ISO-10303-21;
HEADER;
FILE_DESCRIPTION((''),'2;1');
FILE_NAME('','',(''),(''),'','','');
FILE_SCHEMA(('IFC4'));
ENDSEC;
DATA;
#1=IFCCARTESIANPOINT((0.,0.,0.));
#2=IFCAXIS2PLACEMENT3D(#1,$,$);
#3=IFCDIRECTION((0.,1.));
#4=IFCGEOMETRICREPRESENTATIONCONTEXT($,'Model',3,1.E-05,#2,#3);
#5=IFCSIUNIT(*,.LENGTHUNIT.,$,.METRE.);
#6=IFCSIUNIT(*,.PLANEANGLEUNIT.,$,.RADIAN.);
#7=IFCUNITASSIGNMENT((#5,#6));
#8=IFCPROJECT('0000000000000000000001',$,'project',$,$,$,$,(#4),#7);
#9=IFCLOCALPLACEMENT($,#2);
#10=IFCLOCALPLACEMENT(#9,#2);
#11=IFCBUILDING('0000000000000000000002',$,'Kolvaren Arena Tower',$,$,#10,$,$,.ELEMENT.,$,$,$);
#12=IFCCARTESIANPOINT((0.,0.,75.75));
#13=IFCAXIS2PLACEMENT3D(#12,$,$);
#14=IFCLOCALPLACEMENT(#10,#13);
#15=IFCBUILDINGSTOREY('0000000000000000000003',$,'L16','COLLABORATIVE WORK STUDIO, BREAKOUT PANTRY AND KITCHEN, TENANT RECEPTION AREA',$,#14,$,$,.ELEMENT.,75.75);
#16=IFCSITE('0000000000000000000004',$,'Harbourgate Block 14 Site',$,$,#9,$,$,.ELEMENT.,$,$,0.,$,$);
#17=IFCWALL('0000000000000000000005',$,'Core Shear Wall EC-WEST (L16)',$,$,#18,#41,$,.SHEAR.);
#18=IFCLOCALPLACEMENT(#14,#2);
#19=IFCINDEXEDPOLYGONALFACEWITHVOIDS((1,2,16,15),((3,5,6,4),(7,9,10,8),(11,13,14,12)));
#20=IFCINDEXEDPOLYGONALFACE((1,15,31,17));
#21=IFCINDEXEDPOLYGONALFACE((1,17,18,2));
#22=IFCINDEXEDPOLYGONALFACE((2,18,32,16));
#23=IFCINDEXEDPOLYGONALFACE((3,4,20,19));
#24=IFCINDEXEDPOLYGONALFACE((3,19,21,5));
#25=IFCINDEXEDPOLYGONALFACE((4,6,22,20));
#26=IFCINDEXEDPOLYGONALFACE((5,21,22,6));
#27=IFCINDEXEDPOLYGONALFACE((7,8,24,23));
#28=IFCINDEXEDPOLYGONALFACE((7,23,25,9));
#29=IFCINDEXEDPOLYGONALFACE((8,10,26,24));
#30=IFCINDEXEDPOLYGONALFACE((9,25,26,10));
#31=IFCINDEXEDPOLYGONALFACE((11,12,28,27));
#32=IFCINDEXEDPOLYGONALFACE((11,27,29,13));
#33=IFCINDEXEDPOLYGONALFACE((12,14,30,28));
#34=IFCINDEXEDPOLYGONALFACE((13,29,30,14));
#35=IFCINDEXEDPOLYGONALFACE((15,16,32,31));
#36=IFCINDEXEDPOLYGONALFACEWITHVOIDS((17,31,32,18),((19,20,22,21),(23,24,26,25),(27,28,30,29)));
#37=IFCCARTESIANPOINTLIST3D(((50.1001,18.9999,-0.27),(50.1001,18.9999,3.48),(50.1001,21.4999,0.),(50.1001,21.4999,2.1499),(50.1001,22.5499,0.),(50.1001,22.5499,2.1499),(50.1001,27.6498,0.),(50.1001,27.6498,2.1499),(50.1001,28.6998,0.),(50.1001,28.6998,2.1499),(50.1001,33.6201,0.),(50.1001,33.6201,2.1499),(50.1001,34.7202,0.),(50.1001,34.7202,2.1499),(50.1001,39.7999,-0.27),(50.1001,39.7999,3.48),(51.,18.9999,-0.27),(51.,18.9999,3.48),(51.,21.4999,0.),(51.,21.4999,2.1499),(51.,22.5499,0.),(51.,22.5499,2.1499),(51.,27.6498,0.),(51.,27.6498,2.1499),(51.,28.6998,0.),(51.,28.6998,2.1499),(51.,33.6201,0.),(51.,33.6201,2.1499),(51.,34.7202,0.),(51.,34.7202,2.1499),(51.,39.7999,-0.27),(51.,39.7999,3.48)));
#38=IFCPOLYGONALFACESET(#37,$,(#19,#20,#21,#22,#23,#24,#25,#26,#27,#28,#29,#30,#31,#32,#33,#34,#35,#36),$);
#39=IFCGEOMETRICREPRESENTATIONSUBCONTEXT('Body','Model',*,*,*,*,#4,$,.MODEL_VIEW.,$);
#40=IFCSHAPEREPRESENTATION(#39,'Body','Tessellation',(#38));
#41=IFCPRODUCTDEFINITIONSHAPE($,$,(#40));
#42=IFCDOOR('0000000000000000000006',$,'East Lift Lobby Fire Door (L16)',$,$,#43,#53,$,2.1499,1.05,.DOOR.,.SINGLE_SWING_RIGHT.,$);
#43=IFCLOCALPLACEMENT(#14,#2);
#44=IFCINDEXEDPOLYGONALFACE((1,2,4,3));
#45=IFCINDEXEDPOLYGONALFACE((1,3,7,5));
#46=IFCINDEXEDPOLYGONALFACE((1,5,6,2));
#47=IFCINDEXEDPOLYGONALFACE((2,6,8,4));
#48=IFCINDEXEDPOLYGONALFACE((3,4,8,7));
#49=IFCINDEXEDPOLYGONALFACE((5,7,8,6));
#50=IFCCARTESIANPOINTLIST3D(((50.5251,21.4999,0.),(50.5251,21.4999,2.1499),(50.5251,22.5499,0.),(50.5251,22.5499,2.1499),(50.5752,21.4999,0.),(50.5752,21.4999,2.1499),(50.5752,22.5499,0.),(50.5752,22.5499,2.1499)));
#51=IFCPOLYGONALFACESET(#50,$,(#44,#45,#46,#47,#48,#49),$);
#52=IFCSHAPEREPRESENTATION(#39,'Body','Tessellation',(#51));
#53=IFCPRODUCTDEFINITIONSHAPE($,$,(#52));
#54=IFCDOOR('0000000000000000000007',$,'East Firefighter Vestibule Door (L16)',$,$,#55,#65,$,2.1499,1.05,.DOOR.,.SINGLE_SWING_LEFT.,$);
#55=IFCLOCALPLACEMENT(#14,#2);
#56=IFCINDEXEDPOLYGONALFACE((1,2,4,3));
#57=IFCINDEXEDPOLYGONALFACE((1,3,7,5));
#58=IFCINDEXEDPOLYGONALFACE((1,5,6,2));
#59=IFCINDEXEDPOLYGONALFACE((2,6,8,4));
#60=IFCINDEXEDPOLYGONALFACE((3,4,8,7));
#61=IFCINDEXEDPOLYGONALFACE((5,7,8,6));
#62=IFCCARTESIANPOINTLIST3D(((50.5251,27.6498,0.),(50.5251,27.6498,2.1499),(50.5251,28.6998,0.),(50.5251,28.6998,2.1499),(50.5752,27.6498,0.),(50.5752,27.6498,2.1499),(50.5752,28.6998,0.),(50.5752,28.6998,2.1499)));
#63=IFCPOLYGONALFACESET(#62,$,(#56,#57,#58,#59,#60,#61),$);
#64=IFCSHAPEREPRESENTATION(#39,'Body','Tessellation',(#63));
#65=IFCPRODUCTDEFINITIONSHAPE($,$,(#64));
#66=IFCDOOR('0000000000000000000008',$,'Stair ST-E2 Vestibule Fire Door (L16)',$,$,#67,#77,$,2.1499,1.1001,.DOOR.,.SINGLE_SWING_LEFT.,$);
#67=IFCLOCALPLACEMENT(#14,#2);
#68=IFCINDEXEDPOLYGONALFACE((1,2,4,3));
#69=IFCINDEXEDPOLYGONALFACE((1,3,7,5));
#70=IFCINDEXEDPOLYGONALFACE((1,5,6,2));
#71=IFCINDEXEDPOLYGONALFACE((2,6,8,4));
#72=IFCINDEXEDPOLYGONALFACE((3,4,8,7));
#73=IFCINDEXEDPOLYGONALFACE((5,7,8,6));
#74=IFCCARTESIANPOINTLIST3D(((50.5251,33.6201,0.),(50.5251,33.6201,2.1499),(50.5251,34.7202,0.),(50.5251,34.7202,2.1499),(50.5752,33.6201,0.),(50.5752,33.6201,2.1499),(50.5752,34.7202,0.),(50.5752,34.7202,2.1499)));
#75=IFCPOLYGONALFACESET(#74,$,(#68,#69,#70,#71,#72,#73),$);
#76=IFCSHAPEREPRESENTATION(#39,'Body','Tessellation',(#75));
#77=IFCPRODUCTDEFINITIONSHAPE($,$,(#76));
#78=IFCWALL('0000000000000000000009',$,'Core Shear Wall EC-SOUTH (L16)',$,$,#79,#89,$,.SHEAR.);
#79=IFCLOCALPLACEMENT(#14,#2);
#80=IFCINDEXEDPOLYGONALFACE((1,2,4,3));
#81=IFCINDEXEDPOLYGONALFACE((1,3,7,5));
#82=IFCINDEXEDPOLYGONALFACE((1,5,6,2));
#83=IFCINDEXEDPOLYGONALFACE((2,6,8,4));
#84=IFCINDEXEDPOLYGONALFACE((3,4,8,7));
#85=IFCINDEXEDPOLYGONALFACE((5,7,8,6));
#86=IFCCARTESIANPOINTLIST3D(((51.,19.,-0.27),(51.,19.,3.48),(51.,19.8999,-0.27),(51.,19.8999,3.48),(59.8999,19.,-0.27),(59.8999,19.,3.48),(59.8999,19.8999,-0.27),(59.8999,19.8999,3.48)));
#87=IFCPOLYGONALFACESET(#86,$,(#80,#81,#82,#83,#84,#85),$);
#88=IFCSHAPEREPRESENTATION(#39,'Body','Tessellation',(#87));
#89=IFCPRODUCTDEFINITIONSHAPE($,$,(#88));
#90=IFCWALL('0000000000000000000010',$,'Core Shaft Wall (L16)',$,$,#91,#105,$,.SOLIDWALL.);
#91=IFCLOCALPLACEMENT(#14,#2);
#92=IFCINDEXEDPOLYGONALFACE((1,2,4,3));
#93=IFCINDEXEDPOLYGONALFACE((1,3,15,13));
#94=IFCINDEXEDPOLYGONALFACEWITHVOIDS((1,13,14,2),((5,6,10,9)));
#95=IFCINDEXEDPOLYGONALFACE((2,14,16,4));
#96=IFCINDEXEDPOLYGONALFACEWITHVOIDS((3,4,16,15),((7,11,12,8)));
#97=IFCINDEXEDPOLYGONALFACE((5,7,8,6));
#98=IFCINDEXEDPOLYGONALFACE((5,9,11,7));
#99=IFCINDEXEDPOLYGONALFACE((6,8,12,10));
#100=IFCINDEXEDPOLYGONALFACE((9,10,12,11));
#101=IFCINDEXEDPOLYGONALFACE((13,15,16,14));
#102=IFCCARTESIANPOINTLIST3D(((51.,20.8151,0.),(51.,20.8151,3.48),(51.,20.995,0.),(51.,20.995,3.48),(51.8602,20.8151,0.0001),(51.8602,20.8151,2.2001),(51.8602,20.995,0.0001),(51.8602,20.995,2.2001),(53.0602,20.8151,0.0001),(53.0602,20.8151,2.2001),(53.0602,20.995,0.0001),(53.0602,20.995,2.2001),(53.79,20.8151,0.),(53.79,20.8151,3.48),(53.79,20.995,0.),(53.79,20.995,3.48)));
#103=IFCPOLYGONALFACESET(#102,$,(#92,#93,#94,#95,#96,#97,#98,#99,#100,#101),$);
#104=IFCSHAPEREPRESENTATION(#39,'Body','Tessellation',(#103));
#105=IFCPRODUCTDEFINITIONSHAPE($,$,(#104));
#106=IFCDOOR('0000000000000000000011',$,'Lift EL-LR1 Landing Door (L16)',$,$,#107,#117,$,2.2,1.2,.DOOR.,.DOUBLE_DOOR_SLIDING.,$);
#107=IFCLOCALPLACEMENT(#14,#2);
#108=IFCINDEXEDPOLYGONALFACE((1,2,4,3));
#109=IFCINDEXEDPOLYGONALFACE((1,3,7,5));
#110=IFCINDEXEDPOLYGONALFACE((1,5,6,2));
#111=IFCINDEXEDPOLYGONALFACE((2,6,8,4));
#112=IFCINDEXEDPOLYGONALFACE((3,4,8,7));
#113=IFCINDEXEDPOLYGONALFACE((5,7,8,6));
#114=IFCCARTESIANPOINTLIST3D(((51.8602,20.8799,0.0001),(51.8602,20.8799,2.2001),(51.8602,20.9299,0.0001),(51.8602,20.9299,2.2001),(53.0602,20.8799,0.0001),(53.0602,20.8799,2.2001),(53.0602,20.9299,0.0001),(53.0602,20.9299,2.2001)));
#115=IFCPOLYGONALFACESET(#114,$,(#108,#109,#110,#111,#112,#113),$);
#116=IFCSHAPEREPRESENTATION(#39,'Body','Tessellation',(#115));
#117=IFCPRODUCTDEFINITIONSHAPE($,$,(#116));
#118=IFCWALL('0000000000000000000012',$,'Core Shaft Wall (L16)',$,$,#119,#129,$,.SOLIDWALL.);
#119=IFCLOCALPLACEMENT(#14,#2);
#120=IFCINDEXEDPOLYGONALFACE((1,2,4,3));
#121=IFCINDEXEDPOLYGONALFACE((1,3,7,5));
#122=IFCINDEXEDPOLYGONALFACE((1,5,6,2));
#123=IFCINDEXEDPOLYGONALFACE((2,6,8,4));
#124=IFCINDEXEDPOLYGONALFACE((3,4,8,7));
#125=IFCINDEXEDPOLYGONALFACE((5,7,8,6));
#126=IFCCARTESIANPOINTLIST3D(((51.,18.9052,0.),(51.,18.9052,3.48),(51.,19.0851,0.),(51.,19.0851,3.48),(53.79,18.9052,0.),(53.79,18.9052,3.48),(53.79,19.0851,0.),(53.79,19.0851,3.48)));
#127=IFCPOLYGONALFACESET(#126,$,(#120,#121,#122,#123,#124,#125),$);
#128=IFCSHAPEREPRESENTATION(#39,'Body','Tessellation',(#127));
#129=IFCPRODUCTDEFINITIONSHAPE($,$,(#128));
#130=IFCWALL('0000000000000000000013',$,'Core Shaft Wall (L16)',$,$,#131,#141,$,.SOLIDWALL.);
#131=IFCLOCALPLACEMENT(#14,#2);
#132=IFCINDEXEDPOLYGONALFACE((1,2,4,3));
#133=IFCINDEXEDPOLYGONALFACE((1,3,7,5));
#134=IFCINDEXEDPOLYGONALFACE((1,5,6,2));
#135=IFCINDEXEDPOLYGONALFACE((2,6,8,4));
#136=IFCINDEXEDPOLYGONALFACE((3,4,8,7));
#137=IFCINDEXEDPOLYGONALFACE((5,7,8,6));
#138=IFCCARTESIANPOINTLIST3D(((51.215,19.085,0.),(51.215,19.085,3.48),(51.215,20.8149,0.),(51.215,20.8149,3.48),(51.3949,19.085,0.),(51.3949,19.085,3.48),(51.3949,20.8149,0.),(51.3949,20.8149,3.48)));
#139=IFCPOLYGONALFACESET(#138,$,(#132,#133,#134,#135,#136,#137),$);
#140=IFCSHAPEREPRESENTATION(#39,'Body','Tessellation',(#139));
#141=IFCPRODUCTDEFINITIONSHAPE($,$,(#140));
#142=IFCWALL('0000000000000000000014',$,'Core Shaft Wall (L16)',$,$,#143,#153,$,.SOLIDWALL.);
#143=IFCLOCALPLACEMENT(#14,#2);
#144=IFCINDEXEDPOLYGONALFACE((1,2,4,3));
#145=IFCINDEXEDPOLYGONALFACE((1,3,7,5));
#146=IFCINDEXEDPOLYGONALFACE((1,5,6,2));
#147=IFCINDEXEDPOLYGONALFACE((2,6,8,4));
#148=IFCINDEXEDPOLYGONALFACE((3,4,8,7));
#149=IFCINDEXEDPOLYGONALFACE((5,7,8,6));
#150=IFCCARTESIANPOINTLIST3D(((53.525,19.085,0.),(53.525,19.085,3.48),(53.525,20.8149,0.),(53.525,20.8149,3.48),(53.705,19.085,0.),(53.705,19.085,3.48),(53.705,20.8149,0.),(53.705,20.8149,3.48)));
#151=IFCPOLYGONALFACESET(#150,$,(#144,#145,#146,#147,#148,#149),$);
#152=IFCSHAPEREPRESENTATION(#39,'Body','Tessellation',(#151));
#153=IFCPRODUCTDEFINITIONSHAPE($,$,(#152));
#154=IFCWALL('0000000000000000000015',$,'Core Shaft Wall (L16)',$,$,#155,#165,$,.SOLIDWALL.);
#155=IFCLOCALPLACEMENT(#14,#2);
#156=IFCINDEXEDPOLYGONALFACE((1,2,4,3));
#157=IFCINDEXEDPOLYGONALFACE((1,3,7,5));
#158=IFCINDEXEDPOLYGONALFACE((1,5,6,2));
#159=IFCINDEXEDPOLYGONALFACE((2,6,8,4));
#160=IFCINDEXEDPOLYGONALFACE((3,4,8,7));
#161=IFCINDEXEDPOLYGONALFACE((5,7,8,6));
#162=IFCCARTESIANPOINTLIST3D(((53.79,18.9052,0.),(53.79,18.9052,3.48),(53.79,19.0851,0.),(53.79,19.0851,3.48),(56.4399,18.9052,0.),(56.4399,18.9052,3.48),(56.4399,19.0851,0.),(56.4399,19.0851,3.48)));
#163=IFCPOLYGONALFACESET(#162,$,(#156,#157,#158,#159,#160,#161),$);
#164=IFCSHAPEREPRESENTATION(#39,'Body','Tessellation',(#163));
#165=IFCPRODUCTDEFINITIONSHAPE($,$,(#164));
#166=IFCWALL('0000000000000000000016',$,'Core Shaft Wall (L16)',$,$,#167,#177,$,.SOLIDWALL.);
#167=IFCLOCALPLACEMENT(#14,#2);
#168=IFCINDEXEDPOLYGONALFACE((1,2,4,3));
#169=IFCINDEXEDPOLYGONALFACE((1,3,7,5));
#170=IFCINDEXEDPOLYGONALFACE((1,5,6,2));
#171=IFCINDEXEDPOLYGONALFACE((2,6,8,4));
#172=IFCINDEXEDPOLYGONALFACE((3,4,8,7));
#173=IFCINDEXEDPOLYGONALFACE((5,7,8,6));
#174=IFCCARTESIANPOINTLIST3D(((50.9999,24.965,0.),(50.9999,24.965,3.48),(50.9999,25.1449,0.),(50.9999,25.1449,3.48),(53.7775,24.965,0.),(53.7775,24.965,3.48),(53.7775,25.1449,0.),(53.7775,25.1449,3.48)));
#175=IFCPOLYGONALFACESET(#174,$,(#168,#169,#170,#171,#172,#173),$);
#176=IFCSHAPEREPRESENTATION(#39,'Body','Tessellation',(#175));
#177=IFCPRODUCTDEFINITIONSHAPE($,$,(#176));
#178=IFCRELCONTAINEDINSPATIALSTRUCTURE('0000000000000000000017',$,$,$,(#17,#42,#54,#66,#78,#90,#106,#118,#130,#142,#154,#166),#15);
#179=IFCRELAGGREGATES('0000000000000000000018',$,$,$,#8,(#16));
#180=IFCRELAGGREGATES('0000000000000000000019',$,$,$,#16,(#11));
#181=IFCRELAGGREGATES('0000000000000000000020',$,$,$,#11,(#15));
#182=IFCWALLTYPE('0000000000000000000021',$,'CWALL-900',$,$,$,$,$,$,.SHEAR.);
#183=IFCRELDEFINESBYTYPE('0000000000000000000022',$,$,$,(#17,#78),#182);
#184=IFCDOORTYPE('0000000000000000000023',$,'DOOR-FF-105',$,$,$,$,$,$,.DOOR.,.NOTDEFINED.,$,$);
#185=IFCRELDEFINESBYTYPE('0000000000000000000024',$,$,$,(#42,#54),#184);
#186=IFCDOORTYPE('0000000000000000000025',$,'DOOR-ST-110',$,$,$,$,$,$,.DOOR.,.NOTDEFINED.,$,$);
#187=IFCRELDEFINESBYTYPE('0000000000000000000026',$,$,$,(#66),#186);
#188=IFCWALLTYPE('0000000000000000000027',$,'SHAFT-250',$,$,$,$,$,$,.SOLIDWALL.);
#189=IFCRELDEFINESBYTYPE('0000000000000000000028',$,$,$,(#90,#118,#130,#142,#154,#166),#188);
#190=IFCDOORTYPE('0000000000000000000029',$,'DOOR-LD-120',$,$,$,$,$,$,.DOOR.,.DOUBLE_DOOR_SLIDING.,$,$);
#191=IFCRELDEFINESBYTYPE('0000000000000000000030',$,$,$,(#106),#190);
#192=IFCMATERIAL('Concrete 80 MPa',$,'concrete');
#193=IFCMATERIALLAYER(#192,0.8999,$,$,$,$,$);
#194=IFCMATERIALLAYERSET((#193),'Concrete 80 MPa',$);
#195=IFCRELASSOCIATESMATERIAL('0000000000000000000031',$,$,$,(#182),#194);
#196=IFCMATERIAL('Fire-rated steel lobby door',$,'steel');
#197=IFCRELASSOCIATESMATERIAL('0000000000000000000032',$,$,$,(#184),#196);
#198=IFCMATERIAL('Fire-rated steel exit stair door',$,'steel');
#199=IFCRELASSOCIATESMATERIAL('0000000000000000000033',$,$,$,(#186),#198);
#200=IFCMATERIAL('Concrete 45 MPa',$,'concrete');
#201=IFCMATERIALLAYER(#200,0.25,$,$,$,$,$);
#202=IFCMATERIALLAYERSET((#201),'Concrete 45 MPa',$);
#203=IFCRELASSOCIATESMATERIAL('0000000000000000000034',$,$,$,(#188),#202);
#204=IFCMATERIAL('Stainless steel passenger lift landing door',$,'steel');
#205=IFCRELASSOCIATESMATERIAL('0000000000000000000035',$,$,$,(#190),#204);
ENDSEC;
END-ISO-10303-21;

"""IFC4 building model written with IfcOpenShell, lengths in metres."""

from ifc_helpers import new_model, si_unit, direction, frame, frame_2d, origin, place, context, subcontext, project, spatial, rectangle, extrude, material, layer, layer_set, type_object, element, fill, save


model = new_model("IFC4")

# Units and contexts
model_context = context("Model", 3, precision=1e-05, world=origin(), true_north=direction((0.0, 1.0)))
body_context = subcontext(model_context, "Body", "Model", "MODEL_VIEW")
ifc_project = project(units=[si_unit("LENGTHUNIT", "METRE"), si_unit("PLANEANGLEUNIT", "RADIAN")], contexts=[model_context])

# Site, building, storey
site_placement = place(None, origin())
site = spatial("IfcSite", under=ifc_project, at=site_placement, Name="Harbourgate Block 14 Site", CompositionType="ELEMENT", RefElevation=0.0)
building_placement = place(site_placement, origin())
building = spatial("IfcBuilding", under=site, at=building_placement, Name="Kolvaren Arena Tower", CompositionType="ELEMENT")
storey_placement = place(building_placement, frame((0.0, 0.0, 75.75)))
storey = spatial("IfcBuildingStorey", under=building, at=storey_placement, Name="L16", Description="COLLABORATIVE WORK STUDIO, BREAKOUT PANTRY AND KITCHEN, TENANT RECEPTION AREA", CompositionType="ELEMENT", Elevation=75.75)

# Wall, openings, doors
ifc_material_1 = material(Name="Concrete 80 MPa", Category="concrete")
ifc_layer_1 = layer(ifc_material_1, 0.8999)
ifc_layer_set_1 = layer_set([ifc_layer_1], Name="Concrete 80 MPa")
wall_type_1 = type_object("IfcWallType", Name="CWALL-900", PredefinedType="SHEAR", material=ifc_layer_set_1)
wall_1_placement = place(storey_placement, frame((50.55, 19.0, -0.27), z_axis=(0.0, 0.0, 1.0), x_axis=(0.0, 1.0, 0.0)))
wall_1 = element("IfcWall", 1, at=wall_1_placement, inside=storey, type_object=wall_type_1, Name="Core Shear Wall EC-WEST (L16)", PredefinedType="SHEAR", context=body_context, shape_type="SweptSolid", body=[
    extrude(rectangle(XDim=20.8, YDim=0.8999, at=frame_2d((10.3999, 0.0))), origin(), (0.0, 0.0, 1.0), 3.75),
])
opening_1_placement = place(wall_1_placement, frame((2.5, 0.0, 0.27)))
opening_1 = element("IfcOpeningElement", 2, at=opening_1_placement, cuts=wall_1, PredefinedType="OPENING", context=body_context, shape_type="SweptSolid", body=[
    extrude(rectangle(XDim=1.05, YDim=2.1499, at=frame_2d((0.5249, 1.075))), frame((0.0, 0.46, 0.0), z_axis=(0.0, -1.0, 0.0), x_axis=(1.0, 0.0, 0.0)), (0.0, 0.0, 1.0), 0.9199),
])
opening_2_placement = place(wall_1_placement, frame((8.6499, 0.0, 0.27)))
opening_2 = element("IfcOpeningElement", 3, at=opening_2_placement, cuts=wall_1, PredefinedType="OPENING", context=body_context, shape_type="SweptSolid", body=[
    extrude(rectangle(XDim=1.05, YDim=2.1499, at=frame_2d((0.5249, 1.075))), frame((0.0, 0.46, 0.0), z_axis=(0.0, -1.0, 0.0), x_axis=(1.0, 0.0, 0.0)), (0.0, 0.0, 1.0), 0.9199),
])
opening_3_placement = place(wall_1_placement, frame((14.6201, 0.0, 0.27)))
opening_3 = element("IfcOpeningElement", 4, at=opening_3_placement, cuts=wall_1, PredefinedType="OPENING", context=body_context, shape_type="SweptSolid", body=[
    extrude(rectangle(XDim=1.1001, YDim=2.1499, at=frame_2d((0.55, 1.075))), frame((0.0, 0.46, 0.0), z_axis=(0.0, -1.0, 0.0), x_axis=(1.0, 0.0, 0.0)), (0.0, 0.0, 1.0), 0.9199),
])
ifc_material_2 = material(Name="Fire-rated steel lobby door", Category="steel")
door_type_1 = type_object("IfcDoorType", Name="DOOR-FF-105", OperationType="NOTDEFINED", PredefinedType="DOOR", material=ifc_material_2)
door_1_placement = place(opening_1_placement, origin())
door_1 = element("IfcDoor", 5, at=door_1_placement, inside=storey, type_object=door_type_1, Name="East Lift Lobby Fire Door (L16)", OperationType="SINGLE_SWING_RIGHT", OverallHeight=2.1499, OverallWidth=1.05, PredefinedType="DOOR", context=body_context, shape_type="SweptSolid", body=[
    extrude(rectangle(XDim=1.05, YDim=2.1499, at=frame_2d((0.5249, 1.075))), frame((0.0, 0.0249, 0.0), z_axis=(0.0, -1.0, 0.0), x_axis=(1.0, 0.0, 0.0)), (0.0, 0.0, 1.0), 0.05),
])
fill(opening_1, door_1)
door_2_placement = place(opening_2_placement, origin())
door_2 = element("IfcDoor", 6, at=door_2_placement, inside=storey, type_object=door_type_1, Name="East Firefighter Vestibule Door (L16)", OperationType="SINGLE_SWING_LEFT", OverallHeight=2.1499, OverallWidth=1.05, PredefinedType="DOOR", context=body_context, shape_type="SweptSolid", body=[
    extrude(rectangle(XDim=1.05, YDim=2.1499, at=frame_2d((0.5249, 1.075))), frame((0.0, 0.0249, 0.0), z_axis=(0.0, -1.0, 0.0), x_axis=(1.0, 0.0, 0.0)), (0.0, 0.0, 1.0), 0.05),
])
fill(opening_2, door_2)
ifc_material_3 = material(Name="Fire-rated steel exit stair door", Category="steel")
door_type_2 = type_object("IfcDoorType", Name="DOOR-ST-110", OperationType="NOTDEFINED", PredefinedType="DOOR", material=ifc_material_3)
door_3_placement = place(opening_3_placement, origin())
door_3 = element("IfcDoor", 7, at=door_3_placement, inside=storey, type_object=door_type_2, Name="Stair ST-E2 Vestibule Fire Door (L16)", OperationType="SINGLE_SWING_LEFT", OverallHeight=2.1499, OverallWidth=1.1001, PredefinedType="DOOR", context=body_context, shape_type="SweptSolid", body=[
    extrude(rectangle(XDim=1.1001, YDim=2.1499, at=frame_2d((0.55, 1.075))), frame((0.0, 0.0249, 0.0), z_axis=(0.0, -1.0, 0.0), x_axis=(1.0, 0.0, 0.0)), (0.0, 0.0, 1.0), 0.05),
])
fill(opening_3, door_3)

# Wall
wall_2_placement = place(storey_placement, frame((51.0, 19.45, -0.27), z_axis=(0.0, 0.0, 1.0), x_axis=(1.0, 0.0, 0.0)))
element("IfcWall", 8, at=wall_2_placement, inside=storey, type_object=wall_type_1, Name="Core Shear Wall EC-SOUTH (L16)", PredefinedType="SHEAR", context=body_context, shape_type="SweptSolid", body=[
    extrude(rectangle(XDim=8.8999, YDim=0.8999, at=frame_2d((4.45, 0.0))), origin(), (0.0, 0.0, 1.0), 3.75),
])

# Wall, opening, door
ifc_material_4 = material(Name="Concrete 45 MPa", Category="concrete")
ifc_layer_2 = layer(ifc_material_4, 0.25)
ifc_layer_set_2 = layer_set([ifc_layer_2], Name="Concrete 45 MPa")
wall_type_2 = type_object("IfcWallType", Name="SHAFT-250", PredefinedType="SOLIDWALL", material=ifc_layer_set_2)
wall_3_placement = place(storey_placement, frame((51.0, 20.905, 0.0), z_axis=(0.0, 0.0, 1.0), x_axis=(1.0, 0.0, 0.0)))
wall_3 = element("IfcWall", 9, at=wall_3_placement, inside=storey, type_object=wall_type_2, Name="Core Shaft Wall (L16)", PredefinedType="SOLIDWALL", context=body_context, shape_type="SweptSolid", body=[
    extrude(rectangle(XDim=2.79, YDim=0.1799, at=frame_2d((1.395, 0.0))), origin(), (0.0, 0.0, 1.0), 3.48),
])
opening_4_placement = place(wall_3_placement, frame((0.8601, 0.0, 0.0)))
opening_4 = element("IfcOpeningElement", 10, at=opening_4_placement, cuts=wall_3, PredefinedType="OPENING", context=body_context, shape_type="SweptSolid", body=[
    extrude(rectangle(XDim=1.2, YDim=2.2, at=frame_2d((0.6001, 1.1001))), frame((0.0, 0.0999, 0.0), z_axis=(0.0, -1.0, 0.0), x_axis=(1.0, 0.0, 0.0)), (0.0, 0.0, 1.0), 0.2),
])
ifc_material_5 = material(Name="Stainless steel passenger lift landing door", Category="steel")
door_type_3 = type_object("IfcDoorType", Name="DOOR-LD-120", OperationType="DOUBLE_DOOR_SLIDING", PredefinedType="DOOR", material=ifc_material_5)
door_4_placement = place(opening_4_placement, origin())
door_4 = element("IfcDoor", 11, at=door_4_placement, inside=storey, type_object=door_type_3, Name="Lift EL-LR1 Landing Door (L16)", OperationType="DOUBLE_DOOR_SLIDING", OverallHeight=2.2, OverallWidth=1.2, PredefinedType="DOOR", context=body_context, shape_type="SweptSolid", body=[
    extrude(rectangle(XDim=1.2, YDim=2.2, at=frame_2d((0.6001, 1.1001))), frame((0.0, 0.0249, 0.0), z_axis=(0.0, -1.0, 0.0), x_axis=(1.0, 0.0, 0.0)), (0.0, 0.0, 1.0), 0.05),
])
fill(opening_4, door_4)

# Walls
wall_4_placement = place(storey_placement, frame((51.0, 18.9951, 0.0), z_axis=(0.0, 0.0, 1.0), x_axis=(1.0, 0.0, 0.0)))
element("IfcWall", 12, at=wall_4_placement, inside=storey, type_object=wall_type_2, Name="Core Shaft Wall (L16)", PredefinedType="SOLIDWALL", context=body_context, shape_type="SweptSolid", body=[
    extrude(rectangle(XDim=2.79, YDim=0.1799, at=frame_2d((1.395, 0.0))), origin(), (0.0, 0.0, 1.0), 3.48),
])
for number, where, z_axis, x_axis, name in (
    (13, (51.3049, 19.085, 0.0), (0.0, 0.0, 1.0), (0.0, 1.0, 0.0), "Core Shaft Wall (L16)"),
    (14, (53.615, 19.085, 0.0), (0.0, 0.0, 1.0), (0.0, 1.0, 0.0), "Core Shaft Wall (L16)"),
):
    element("IfcWall", number, at=place(storey_placement, frame(where, z_axis=z_axis, x_axis=x_axis)), inside=storey, type_object=wall_type_2, Name=name, PredefinedType="SOLIDWALL", context=body_context, shape_type="SweptSolid", body=[
        extrude(rectangle(XDim=1.73, YDim=0.1799, at=frame_2d((0.865, 0.0))), origin(), (0.0, 0.0, 1.0), 3.48),
    ])
wall_5_placement = place(storey_placement, frame((53.79, 18.9951, 0.0), z_axis=(0.0, 0.0, 1.0), x_axis=(1.0, 0.0, 0.0)))
element("IfcWall", 15, at=wall_5_placement, inside=storey, type_object=wall_type_2, Name="Core Shaft Wall (L16)", PredefinedType="SOLIDWALL", context=body_context, shape_type="SweptSolid", body=[
    extrude(rectangle(XDim=2.6499, YDim=0.1799, at=frame_2d((1.325, 0.0))), origin(), (0.0, 0.0, 1.0), 3.48),
])
wall_6_placement = place(storey_placement, frame((51.0, 25.0549, 0.0), z_axis=(0.0, 0.0, 1.0), x_axis=(1.0, 0.0, 0.0)))
element("IfcWall", 16, at=wall_6_placement, inside=storey, type_object=wall_type_2, Name="Core Shaft Wall (L16)", PredefinedType="SOLIDWALL", context=body_context, shape_type="SweptSolid", body=[
    extrude(rectangle(XDim=2.7776, YDim=0.1799, at=frame_2d((1.3887, 0.0))), origin(), (0.0, 0.0, 1.0), 3.48),
])

save(model, "model.ifc")
